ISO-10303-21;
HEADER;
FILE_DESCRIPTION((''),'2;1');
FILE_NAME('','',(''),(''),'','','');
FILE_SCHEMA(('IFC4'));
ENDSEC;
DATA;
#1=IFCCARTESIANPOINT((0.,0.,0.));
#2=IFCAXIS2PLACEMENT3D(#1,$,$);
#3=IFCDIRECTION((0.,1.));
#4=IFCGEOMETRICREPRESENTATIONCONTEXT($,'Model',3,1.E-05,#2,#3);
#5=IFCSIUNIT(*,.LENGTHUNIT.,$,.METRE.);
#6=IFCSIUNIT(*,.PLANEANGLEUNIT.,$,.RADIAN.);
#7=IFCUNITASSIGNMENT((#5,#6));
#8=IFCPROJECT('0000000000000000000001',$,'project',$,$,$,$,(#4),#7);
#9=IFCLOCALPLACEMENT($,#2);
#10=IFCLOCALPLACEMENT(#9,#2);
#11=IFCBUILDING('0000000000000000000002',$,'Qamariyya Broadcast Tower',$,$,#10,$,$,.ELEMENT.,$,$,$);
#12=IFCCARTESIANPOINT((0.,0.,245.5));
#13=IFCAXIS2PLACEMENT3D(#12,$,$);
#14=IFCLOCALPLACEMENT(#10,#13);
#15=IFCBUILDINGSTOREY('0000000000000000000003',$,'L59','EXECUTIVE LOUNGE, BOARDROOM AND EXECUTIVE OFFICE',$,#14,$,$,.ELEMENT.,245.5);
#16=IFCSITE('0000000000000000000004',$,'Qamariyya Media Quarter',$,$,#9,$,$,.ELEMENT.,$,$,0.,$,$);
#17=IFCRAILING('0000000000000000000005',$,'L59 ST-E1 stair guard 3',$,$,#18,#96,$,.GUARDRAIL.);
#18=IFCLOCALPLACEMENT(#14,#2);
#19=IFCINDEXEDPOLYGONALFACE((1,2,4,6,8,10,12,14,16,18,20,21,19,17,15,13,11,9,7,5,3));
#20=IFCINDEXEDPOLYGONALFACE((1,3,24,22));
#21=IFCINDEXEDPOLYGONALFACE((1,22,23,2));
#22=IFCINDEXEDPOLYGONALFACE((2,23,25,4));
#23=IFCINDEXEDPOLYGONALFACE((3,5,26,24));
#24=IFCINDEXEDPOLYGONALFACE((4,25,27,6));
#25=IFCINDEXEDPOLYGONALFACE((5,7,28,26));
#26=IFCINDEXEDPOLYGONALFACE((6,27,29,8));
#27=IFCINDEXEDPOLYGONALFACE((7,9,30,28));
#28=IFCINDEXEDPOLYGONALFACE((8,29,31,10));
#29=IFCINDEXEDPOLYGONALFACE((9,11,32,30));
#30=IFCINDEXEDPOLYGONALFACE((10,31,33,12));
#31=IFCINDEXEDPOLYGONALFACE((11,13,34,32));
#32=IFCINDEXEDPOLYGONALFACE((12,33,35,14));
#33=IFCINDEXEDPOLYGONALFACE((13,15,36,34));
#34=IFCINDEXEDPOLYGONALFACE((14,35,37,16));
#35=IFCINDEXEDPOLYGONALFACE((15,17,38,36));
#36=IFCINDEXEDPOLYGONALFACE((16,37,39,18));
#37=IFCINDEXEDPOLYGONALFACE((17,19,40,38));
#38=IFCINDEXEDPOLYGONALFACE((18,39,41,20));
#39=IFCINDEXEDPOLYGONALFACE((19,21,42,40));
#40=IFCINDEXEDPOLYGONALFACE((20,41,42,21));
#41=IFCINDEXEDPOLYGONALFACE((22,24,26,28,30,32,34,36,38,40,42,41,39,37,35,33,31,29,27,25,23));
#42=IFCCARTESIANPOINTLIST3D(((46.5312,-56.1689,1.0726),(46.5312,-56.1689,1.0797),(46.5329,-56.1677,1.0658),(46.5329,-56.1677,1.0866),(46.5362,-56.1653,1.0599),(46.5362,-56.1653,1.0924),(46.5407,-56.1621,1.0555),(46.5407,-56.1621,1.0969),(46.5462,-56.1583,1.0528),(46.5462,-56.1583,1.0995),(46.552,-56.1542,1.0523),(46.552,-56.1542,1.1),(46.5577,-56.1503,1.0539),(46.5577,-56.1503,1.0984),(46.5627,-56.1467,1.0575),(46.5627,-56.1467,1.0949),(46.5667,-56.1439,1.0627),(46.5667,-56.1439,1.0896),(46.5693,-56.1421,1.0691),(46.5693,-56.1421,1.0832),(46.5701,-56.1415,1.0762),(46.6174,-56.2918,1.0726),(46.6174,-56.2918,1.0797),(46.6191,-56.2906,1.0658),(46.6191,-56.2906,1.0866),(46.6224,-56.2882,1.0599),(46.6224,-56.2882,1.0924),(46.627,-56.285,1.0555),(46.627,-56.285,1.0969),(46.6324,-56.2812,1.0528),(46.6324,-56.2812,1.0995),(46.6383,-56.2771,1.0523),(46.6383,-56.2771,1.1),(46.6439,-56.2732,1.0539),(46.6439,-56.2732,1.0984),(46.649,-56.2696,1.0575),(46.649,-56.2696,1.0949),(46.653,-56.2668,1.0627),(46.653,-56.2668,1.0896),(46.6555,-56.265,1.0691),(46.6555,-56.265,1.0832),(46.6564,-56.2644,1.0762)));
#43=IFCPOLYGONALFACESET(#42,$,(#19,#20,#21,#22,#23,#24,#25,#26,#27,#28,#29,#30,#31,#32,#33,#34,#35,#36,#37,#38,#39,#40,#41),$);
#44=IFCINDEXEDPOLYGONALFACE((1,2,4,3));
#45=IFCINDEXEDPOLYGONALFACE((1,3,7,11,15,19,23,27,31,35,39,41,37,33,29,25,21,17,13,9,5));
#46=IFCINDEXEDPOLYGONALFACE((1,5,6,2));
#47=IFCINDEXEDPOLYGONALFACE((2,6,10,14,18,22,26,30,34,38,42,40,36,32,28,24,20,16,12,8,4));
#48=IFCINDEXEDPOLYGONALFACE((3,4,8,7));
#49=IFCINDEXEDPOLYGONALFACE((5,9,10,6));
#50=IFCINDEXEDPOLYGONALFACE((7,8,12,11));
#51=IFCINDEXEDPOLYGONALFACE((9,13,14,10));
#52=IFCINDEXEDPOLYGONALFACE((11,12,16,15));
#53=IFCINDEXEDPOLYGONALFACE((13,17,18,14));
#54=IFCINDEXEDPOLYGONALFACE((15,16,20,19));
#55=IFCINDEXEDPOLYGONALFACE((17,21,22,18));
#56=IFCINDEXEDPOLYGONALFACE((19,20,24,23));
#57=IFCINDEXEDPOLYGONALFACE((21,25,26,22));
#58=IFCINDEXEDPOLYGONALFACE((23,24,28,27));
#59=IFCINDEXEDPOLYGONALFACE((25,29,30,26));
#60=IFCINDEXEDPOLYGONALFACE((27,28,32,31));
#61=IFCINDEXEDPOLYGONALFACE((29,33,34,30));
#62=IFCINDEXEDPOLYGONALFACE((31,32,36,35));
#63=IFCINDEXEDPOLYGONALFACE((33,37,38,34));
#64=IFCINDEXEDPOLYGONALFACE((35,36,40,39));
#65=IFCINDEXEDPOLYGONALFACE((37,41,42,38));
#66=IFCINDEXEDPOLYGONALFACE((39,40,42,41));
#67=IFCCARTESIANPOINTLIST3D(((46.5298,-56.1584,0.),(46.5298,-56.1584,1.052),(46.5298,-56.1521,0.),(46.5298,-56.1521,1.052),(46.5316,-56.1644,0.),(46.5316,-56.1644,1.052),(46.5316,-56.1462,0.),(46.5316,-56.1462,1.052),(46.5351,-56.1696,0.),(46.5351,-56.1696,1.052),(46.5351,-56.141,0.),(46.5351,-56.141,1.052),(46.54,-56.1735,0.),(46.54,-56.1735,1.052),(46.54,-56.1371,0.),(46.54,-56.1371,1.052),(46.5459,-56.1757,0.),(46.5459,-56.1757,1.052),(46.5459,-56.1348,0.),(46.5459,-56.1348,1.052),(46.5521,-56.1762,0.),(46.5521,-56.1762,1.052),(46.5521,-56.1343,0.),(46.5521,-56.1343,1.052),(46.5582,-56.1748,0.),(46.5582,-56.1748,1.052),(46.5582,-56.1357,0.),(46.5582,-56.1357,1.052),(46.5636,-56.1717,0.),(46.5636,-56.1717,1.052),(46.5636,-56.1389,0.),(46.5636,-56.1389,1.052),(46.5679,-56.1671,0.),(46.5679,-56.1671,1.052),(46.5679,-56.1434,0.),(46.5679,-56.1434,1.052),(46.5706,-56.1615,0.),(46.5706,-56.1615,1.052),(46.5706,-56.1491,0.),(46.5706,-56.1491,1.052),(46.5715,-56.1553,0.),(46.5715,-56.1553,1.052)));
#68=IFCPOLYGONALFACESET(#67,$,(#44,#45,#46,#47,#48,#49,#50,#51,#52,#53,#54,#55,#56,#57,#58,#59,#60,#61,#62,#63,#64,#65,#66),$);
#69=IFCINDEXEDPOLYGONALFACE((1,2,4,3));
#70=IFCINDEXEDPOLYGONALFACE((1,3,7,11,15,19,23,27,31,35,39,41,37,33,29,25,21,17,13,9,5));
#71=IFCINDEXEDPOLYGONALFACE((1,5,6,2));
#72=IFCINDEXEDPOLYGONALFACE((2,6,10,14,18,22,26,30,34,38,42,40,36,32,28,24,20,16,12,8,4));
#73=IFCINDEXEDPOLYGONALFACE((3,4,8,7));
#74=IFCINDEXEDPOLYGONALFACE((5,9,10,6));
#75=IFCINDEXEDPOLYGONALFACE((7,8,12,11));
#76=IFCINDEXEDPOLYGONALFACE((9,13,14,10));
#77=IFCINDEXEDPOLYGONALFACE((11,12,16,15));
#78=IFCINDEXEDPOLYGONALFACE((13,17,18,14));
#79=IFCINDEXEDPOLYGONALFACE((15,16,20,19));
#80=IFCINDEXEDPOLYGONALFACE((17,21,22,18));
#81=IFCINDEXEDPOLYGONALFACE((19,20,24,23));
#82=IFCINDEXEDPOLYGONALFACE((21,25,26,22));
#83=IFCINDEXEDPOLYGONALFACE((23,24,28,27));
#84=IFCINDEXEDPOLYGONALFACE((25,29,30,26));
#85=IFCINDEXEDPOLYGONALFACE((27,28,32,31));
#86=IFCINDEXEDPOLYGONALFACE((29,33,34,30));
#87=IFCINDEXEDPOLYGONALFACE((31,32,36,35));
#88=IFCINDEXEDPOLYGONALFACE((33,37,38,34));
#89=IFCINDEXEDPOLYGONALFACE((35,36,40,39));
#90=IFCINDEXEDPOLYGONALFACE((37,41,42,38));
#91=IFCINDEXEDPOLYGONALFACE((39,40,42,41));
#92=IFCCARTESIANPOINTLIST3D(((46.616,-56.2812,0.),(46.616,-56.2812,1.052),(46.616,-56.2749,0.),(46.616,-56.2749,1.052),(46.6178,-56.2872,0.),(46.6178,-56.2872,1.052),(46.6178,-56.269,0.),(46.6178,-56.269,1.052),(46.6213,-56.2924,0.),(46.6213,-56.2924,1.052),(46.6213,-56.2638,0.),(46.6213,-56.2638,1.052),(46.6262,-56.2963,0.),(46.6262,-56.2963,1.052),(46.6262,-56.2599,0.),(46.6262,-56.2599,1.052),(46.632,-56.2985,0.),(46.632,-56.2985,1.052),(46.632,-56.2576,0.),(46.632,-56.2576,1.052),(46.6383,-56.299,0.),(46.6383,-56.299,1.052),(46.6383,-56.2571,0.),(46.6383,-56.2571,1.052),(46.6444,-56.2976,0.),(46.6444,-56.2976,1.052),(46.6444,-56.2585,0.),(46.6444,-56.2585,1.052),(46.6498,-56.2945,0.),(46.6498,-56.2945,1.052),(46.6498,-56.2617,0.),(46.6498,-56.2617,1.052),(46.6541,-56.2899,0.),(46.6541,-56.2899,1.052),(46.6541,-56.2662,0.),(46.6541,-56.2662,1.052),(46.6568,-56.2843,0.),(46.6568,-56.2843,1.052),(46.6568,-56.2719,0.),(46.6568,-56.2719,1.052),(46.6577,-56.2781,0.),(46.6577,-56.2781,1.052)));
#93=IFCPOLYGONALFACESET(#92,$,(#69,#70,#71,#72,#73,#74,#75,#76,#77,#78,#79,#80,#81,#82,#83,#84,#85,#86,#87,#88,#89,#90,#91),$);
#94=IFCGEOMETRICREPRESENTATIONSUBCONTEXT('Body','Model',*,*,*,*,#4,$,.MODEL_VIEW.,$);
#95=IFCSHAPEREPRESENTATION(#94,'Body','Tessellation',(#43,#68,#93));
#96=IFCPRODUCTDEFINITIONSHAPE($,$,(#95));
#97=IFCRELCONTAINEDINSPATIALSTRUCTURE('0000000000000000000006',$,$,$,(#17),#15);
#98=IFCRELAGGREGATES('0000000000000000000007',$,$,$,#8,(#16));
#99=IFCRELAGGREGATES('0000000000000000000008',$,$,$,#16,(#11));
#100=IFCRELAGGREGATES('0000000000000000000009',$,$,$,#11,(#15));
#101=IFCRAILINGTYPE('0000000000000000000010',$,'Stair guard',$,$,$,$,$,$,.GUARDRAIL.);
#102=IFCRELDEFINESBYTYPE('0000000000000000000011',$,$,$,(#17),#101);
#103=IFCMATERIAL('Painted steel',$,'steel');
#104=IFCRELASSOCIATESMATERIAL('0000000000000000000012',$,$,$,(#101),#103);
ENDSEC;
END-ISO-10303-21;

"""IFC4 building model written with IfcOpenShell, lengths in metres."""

from ifc_helpers import new_model, si_unit, direction, frame, origin, origin_2d, place, context, subcontext, project, spatial, circle, extrude, material, type_object, element, save


model = new_model("IFC4")

# Units and contexts
model_context = context("Model", 3, precision=1e-05, world=origin(), true_north=direction((0.0, 1.0)))
body_context = subcontext(model_context, "Body", "Model", "MODEL_VIEW")
ifc_project = project(units=[si_unit("LENGTHUNIT", "METRE"), si_unit("PLANEANGLEUNIT", "RADIAN")], contexts=[model_context])

# Site, building, storey
site_placement = place(None, origin())
site = spatial("IfcSite", under=ifc_project, at=site_placement, Name="Qamariyya Media Quarter", CompositionType="ELEMENT", RefElevation=0.0)
building_placement = place(site_placement, origin())
building = spatial("IfcBuilding", under=site, at=building_placement, Name="Qamariyya Broadcast Tower", CompositionType="ELEMENT")
storey_placement = place(building_placement, frame((0.0, 0.0, 245.5)))
storey = spatial("IfcBuildingStorey", under=building, at=storey_placement, Name="L59", Description="EXECUTIVE LOUNGE, BOARDROOM AND EXECUTIVE OFFICE", CompositionType="ELEMENT", Elevation=245.5)

# Railing
ifc_material_1 = material(Name="Painted steel", Category="steel")
railing_type_1 = type_object("IfcRailingType", Name="Stair guard", PredefinedType="GUARDRAIL", material=ifc_material_1)
railing_1_placement = place(storey_placement, frame((46.5505, -56.1553, 0.0)))
element("IfcRailing", 1, at=railing_1_placement, inside=storey, type_object=railing_type_1, Name="L59 ST-E1 stair guard 3", PredefinedType="GUARDRAIL", context=body_context, shape_type="SweptSolid", body=[
    extrude(circle(Radius=0.0239, at=origin_2d()), frame((0.0, 0.0, 1.0762), z_axis=(0.574445, -0.818543, 0.0), x_axis=(0.818543, 0.574445, 0.0)), (0.0, 0.0, 1.0), 0.1501),
    extrude(circle(Radius=0.021, at=origin_2d()), origin(), (0.0, 0.0, 1.0), 1.052),
    extrude(circle(Radius=0.021, at=origin_2d()), frame((0.0862, -0.1228, 0.0)), (0.0, 0.0, 1.0), 1.052),
])

save(model, "model.ifc")
